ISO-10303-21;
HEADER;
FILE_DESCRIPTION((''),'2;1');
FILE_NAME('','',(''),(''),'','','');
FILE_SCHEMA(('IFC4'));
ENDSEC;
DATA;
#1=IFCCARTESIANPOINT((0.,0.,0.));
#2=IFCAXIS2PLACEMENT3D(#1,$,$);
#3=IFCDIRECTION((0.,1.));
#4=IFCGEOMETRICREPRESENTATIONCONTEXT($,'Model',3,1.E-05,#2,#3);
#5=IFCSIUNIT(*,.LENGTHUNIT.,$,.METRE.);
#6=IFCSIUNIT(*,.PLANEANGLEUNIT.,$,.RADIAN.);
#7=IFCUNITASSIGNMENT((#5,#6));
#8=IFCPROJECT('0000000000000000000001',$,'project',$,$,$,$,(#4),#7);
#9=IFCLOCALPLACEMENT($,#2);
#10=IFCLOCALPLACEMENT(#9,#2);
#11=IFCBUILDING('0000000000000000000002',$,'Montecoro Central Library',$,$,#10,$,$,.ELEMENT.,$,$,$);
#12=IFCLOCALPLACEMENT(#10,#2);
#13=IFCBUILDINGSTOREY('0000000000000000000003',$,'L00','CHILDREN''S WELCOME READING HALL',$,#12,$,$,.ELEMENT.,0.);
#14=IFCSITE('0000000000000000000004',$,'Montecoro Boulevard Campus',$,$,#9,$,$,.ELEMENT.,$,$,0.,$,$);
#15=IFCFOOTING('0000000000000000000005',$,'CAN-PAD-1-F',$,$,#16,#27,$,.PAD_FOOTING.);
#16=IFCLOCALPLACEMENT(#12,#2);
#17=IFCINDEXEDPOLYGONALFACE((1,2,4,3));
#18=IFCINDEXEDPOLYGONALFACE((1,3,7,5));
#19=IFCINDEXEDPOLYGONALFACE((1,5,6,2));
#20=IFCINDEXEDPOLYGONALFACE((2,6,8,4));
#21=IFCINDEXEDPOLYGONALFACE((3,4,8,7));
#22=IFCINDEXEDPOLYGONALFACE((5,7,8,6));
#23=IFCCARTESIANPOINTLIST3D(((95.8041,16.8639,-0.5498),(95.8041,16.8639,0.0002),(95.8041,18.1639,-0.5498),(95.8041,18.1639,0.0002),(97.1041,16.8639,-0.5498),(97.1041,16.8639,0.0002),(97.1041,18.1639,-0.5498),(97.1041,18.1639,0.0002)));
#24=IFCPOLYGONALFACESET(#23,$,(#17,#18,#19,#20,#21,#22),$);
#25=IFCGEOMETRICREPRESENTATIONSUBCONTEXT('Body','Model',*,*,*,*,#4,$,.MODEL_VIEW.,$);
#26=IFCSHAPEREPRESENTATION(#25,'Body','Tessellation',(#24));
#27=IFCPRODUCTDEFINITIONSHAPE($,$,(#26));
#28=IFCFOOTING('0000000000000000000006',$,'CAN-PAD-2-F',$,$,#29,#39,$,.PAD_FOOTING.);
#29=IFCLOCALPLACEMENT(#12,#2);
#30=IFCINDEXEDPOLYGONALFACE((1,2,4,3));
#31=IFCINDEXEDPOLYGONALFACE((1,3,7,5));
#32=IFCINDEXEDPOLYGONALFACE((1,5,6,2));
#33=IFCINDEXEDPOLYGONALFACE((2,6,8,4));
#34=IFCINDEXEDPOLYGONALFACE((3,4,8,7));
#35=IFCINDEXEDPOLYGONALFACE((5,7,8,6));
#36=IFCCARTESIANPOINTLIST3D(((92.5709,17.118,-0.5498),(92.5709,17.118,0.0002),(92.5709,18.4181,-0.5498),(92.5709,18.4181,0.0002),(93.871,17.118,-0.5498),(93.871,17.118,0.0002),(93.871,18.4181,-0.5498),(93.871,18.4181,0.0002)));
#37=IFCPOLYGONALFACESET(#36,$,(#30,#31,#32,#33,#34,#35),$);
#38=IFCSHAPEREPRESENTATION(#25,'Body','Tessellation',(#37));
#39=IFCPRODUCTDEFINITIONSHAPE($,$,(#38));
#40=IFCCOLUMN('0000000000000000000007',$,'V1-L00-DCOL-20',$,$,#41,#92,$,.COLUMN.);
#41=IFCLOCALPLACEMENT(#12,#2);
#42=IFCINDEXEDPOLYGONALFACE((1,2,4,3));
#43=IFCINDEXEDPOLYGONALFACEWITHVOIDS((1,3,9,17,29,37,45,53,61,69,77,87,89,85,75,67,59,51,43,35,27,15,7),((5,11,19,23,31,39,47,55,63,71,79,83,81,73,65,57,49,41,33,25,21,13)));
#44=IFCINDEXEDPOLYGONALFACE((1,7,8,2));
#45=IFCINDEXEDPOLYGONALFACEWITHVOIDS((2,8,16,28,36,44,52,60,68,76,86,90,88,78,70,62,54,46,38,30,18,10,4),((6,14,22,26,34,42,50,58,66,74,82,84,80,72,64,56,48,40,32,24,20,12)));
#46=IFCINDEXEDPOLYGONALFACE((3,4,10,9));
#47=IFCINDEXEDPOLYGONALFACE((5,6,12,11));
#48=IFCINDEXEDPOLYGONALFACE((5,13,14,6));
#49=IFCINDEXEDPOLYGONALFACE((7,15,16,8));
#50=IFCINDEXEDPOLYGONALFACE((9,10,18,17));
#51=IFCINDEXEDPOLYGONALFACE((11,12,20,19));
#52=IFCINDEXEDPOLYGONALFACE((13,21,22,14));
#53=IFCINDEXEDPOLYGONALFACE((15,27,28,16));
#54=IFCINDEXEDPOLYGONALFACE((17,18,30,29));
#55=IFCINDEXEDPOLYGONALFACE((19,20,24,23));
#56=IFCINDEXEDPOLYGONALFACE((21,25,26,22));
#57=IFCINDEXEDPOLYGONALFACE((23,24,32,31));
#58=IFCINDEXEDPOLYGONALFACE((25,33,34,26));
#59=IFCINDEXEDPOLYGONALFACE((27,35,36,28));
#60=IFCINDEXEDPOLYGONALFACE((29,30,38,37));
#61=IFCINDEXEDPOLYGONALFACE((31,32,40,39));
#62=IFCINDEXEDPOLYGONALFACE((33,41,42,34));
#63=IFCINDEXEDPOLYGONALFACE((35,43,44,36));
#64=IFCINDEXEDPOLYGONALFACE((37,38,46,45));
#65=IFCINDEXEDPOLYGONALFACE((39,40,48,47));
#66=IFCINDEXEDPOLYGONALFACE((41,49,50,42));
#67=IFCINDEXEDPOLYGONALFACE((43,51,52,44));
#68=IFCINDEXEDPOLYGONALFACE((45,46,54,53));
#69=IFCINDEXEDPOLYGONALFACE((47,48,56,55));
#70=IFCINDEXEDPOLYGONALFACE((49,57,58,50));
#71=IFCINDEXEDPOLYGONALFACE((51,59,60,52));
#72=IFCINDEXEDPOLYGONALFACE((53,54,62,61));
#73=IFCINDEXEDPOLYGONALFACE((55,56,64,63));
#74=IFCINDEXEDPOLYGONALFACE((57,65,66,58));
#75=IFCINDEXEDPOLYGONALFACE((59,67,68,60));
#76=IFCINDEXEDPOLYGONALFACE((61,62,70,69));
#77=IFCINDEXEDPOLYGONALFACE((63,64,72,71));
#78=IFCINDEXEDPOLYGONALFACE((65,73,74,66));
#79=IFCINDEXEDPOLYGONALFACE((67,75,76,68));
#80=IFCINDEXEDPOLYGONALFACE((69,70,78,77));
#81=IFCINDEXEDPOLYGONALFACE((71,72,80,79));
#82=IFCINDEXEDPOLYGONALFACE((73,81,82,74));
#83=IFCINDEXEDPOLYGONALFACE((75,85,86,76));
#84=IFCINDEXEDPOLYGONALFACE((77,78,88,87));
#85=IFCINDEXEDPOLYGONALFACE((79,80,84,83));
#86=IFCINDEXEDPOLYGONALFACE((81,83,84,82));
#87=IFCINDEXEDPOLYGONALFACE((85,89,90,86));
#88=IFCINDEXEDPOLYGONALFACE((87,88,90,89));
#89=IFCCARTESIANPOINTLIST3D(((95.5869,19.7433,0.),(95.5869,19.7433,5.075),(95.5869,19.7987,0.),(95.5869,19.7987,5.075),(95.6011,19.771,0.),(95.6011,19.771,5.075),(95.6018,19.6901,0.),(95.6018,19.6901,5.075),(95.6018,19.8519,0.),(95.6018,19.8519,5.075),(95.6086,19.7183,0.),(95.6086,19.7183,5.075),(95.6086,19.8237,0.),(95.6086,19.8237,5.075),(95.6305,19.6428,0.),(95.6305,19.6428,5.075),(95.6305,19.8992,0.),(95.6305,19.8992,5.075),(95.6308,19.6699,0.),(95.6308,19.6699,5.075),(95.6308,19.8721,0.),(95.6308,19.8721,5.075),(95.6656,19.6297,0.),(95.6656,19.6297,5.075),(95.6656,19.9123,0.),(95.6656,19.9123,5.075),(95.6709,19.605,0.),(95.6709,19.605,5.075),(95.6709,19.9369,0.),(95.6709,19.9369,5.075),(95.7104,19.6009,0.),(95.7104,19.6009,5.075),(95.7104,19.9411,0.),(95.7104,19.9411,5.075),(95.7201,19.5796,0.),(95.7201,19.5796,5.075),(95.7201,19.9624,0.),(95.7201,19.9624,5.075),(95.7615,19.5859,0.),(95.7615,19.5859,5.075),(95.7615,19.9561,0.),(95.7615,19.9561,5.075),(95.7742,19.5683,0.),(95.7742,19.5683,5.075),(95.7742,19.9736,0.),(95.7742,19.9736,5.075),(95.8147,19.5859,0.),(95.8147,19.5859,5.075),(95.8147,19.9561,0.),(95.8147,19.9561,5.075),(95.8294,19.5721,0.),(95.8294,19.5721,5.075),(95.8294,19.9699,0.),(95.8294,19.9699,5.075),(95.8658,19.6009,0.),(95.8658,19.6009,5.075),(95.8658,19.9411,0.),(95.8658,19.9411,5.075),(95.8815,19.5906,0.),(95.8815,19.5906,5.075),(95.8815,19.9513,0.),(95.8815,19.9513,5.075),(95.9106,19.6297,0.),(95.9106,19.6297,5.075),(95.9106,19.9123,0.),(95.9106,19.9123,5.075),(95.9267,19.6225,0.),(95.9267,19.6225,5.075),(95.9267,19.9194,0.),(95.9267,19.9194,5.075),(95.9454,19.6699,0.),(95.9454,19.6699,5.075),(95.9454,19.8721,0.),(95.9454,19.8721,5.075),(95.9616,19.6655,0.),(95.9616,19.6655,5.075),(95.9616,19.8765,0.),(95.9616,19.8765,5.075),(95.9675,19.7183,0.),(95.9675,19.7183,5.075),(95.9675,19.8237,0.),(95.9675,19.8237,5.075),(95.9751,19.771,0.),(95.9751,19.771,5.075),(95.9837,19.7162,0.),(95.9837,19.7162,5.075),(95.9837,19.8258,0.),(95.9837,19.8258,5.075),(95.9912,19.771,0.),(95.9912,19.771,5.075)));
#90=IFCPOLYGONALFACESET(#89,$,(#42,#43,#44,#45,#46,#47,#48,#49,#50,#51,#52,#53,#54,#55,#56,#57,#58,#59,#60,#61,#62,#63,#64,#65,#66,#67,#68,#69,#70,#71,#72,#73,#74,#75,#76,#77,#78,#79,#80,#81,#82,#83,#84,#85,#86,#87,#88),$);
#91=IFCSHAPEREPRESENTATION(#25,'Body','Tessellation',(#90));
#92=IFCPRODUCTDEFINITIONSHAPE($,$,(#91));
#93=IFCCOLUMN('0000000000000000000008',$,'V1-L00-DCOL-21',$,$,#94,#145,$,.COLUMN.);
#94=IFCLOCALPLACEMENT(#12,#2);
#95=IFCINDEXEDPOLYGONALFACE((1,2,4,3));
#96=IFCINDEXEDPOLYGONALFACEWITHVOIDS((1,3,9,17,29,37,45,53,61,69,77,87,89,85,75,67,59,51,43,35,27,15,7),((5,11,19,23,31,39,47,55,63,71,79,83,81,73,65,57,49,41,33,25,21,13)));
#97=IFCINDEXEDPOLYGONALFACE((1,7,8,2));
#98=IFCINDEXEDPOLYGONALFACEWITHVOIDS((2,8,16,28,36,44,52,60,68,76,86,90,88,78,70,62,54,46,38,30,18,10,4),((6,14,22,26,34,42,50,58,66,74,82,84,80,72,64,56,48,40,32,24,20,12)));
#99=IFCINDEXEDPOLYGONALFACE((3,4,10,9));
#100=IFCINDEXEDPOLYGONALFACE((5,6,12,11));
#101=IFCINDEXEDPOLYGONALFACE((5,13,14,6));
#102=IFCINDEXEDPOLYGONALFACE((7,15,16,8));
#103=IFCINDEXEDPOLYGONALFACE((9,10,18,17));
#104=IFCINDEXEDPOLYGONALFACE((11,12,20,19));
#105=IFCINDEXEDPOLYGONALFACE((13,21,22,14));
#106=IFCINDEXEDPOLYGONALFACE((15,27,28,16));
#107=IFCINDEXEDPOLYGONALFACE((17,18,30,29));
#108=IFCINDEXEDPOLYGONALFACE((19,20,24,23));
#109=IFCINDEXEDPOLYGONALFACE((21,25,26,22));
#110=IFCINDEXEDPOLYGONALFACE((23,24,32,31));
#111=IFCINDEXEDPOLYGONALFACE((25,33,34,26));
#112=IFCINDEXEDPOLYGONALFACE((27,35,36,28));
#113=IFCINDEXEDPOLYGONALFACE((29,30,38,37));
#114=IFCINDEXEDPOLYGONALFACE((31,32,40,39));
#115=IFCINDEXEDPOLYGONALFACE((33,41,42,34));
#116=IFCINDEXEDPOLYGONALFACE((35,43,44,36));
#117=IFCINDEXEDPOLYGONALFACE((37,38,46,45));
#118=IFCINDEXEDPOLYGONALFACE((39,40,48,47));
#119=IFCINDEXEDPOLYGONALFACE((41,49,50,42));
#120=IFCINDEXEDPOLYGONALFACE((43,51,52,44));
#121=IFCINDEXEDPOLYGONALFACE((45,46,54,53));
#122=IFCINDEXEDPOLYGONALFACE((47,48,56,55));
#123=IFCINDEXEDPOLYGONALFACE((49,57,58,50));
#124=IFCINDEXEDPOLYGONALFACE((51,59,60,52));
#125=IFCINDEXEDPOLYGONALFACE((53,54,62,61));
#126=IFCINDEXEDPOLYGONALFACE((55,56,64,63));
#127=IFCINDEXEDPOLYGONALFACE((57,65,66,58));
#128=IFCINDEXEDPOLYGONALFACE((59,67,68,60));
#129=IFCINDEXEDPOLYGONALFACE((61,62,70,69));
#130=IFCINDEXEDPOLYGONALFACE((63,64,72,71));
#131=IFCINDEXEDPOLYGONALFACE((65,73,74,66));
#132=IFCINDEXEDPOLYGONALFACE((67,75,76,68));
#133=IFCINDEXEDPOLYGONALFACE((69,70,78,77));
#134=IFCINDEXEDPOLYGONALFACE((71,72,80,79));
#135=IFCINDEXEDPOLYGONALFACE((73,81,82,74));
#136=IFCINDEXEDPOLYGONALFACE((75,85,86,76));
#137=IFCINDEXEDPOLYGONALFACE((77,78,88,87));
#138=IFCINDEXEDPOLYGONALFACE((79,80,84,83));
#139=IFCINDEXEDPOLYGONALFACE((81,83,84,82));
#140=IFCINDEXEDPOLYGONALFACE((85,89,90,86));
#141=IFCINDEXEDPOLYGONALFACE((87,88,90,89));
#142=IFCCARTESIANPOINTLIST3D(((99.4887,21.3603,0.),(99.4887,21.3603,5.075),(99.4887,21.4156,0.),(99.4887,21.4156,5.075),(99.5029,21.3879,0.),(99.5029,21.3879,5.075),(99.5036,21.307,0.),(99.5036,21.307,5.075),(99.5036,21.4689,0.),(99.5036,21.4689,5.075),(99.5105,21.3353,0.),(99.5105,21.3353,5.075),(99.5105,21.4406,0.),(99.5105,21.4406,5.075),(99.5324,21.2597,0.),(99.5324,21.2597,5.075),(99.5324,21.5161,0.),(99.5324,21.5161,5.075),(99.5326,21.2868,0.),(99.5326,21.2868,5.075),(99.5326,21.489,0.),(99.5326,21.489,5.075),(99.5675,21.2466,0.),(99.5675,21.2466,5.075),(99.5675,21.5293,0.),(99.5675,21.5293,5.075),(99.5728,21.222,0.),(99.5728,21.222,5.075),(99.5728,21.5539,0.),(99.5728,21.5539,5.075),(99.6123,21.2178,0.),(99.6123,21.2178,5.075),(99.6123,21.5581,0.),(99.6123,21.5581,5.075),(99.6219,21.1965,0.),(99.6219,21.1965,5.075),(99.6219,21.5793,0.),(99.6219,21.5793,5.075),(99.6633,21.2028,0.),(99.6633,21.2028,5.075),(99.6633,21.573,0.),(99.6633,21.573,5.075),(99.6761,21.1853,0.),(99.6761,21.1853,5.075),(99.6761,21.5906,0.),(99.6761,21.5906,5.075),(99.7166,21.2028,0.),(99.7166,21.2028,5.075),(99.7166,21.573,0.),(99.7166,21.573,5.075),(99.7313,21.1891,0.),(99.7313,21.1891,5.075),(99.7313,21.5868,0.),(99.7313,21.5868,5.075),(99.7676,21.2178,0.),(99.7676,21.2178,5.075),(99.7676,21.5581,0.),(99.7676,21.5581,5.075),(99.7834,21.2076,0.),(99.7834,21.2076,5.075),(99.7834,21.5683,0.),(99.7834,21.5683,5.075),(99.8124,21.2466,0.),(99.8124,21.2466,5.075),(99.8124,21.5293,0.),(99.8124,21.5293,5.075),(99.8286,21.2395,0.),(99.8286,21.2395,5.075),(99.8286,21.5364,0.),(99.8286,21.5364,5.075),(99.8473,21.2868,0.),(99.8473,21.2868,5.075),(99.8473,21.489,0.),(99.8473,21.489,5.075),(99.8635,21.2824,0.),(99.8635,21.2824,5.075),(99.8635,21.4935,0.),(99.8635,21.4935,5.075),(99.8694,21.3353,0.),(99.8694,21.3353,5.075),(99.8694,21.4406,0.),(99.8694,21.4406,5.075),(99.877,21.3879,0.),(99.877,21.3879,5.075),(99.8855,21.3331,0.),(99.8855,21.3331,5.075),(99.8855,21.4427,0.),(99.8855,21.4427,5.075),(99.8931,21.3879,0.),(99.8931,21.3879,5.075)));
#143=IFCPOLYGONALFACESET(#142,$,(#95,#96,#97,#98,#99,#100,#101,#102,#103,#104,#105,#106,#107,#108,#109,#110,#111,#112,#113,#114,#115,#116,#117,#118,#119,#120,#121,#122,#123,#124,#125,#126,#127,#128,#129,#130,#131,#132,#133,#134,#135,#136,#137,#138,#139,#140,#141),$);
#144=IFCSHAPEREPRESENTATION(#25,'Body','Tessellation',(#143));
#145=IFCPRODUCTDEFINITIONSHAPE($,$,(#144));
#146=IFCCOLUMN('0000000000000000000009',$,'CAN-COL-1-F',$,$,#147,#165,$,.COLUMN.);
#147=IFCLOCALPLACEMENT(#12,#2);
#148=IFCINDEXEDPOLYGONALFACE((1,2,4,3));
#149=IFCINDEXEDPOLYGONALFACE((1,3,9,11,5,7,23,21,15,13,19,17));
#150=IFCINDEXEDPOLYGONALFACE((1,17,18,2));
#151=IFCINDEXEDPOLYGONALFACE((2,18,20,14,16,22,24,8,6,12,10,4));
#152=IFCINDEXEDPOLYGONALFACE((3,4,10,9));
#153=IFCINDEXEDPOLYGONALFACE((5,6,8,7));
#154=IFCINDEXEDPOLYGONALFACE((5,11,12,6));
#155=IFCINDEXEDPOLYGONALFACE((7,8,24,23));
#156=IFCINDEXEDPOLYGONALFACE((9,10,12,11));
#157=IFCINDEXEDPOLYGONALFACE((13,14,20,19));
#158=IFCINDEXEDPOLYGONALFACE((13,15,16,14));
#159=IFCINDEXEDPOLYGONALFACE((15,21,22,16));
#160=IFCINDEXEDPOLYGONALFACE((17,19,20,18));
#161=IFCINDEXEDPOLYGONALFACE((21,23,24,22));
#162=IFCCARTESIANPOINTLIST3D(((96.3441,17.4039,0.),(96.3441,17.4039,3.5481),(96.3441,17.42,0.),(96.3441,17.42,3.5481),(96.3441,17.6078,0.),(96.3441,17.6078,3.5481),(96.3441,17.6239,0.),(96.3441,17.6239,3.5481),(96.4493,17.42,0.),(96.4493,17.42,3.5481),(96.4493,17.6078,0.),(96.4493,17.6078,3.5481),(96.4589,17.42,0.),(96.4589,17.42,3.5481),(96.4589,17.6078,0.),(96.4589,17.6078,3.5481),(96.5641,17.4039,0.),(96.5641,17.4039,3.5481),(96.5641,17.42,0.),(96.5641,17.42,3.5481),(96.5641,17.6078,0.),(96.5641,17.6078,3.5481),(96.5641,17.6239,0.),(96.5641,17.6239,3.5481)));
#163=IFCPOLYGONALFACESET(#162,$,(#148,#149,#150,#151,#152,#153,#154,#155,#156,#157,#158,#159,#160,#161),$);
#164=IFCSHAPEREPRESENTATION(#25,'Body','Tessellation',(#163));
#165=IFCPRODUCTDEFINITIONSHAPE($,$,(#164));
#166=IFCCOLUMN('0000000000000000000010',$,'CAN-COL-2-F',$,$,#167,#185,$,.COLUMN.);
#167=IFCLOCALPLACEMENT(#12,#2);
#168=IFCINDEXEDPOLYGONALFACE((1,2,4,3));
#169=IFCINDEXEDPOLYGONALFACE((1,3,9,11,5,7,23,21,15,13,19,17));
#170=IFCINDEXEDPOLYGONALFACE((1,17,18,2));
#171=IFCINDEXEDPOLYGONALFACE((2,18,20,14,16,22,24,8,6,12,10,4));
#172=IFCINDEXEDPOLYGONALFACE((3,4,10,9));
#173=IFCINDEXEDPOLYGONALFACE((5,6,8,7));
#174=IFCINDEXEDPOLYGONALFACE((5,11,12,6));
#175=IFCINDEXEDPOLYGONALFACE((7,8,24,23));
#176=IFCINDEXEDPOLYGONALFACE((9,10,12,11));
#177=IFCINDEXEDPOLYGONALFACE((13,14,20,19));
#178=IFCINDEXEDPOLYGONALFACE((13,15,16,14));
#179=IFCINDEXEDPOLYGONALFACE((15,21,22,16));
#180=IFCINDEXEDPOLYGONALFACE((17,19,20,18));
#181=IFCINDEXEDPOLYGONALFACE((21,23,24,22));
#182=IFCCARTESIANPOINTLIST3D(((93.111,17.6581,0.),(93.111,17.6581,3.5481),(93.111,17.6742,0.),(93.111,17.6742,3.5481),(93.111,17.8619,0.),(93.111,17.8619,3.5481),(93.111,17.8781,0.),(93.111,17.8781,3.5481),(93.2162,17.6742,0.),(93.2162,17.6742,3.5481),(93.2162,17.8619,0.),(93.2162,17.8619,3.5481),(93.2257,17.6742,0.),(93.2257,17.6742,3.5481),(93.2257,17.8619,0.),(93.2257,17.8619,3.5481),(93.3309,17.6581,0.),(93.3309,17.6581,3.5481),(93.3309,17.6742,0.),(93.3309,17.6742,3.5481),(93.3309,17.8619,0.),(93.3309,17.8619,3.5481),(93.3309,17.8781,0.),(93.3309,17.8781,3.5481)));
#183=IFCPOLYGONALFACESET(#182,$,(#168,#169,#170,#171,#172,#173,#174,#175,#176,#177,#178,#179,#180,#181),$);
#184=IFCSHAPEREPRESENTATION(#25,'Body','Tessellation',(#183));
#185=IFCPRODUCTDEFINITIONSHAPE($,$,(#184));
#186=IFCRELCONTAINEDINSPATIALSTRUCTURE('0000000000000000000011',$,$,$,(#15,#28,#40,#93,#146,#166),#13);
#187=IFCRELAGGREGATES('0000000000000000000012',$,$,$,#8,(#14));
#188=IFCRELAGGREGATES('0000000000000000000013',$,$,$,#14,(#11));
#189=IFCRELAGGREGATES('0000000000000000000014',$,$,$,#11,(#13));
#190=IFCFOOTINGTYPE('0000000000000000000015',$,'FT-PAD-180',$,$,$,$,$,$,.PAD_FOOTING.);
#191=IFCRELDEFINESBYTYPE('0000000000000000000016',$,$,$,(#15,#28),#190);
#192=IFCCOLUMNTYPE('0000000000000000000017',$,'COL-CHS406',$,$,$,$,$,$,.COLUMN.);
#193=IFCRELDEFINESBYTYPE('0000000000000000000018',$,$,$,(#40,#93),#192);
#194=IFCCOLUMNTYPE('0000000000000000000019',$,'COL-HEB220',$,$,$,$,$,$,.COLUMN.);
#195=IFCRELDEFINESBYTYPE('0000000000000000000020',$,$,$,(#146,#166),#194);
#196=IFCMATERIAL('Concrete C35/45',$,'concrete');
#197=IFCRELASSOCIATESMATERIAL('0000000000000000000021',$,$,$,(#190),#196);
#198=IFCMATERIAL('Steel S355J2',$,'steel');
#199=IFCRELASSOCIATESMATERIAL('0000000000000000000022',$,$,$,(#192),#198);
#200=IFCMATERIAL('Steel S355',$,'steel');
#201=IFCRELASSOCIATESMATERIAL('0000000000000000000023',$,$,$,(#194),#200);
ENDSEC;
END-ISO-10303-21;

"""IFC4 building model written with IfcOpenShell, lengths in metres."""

from ifc_helpers import new_model, si_unit, direction, frame, origin, origin_2d, place, context, subcontext, project, spatial, rectangle, hollow_circle, i_section, extrude, material, material_profile, profile_set, type_object, element, save


model = new_model("IFC4")

# Units and contexts
model_context = context("Model", 3, precision=1e-05, world=origin(), true_north=direction((0.0, 1.0)))
body_context = subcontext(model_context, "Body", "Model", "MODEL_VIEW")
ifc_project = project(units=[si_unit("LENGTHUNIT", "METRE"), si_unit("PLANEANGLEUNIT", "RADIAN")], contexts=[model_context])

# Site, building, storey
site_placement = place(None, origin())
site = spatial("IfcSite", under=ifc_project, at=site_placement, Name="Montecoro Boulevard Campus", CompositionType="ELEMENT", RefElevation=0.0)
building_placement = place(site_placement, origin())
building = spatial("IfcBuilding", under=site, at=building_placement, Name="Montecoro Central Library", CompositionType="ELEMENT")
storey_placement = place(building_placement, origin())
storey = spatial("IfcBuildingStorey", under=building, at=storey_placement, Name="L00", Description="CHILDREN'S WELCOME READING HALL", CompositionType="ELEMENT", Elevation=0.0)

# Footings
ifc_material_1 = material(Name="Concrete C35/45", Category="concrete")
footing_type = type_object("IfcFootingType", Name="FT-PAD-180", PredefinedType="PAD_FOOTING", material=ifc_material_1)
for number, where, z_axis, x_axis, name in (
    (1, (96.4541, 17.5139, -0.5498), (0.0, 0.0, 1.0), (1.0, 0.0, 0.0), "CAN-PAD-1-F"),
    (2, (93.2209, 17.7681, -0.5498), (0.0, 0.0, 1.0), (1.0, 0.0, 0.0), "CAN-PAD-2-F"),
):
    element("IfcFooting", number, at=place(storey_placement, frame(where, z_axis=z_axis, x_axis=x_axis)), inside=storey, type_object=footing_type, Name=name, PredefinedType="PAD_FOOTING", context=body_context, shape_type="SweptSolid", body=[
        extrude(rectangle(XDim=1.3, YDim=1.3, at=origin_2d()), origin(), (0.0, 0.0, 1.0), 0.55),
    ])

# Columns
ifc_material_2 = material(Name="Steel S355J2", Category="steel")
ifc_material_profile_1 = material_profile(ifc_material_2, hollow_circle(Radius=0.2031, WallThickness=0.0161, at=origin_2d()), Name="CHS 406.4x16.0")
ifc_profile_set_1 = profile_set([ifc_material_profile_1], Name="Steel S355J2")
column_type_1 = type_object("IfcColumnType", Name="COL-CHS406", PredefinedType="COLUMN", material=ifc_profile_set_1)
for number, where, z_axis, x_axis, name in (
    (3, (95.7881, 19.771, 0.0), (0.0, 0.0, 1.0), (1.0, 0.0, 0.0), "V1-L00-DCOL-20"),
    (4, (99.6899, 21.3879, 0.0), (0.0, 0.0, 1.0), (1.0, 0.0, 0.0), "V1-L00-DCOL-21"),
):
    element("IfcColumn", number, at=place(storey_placement, frame(where, z_axis=z_axis, x_axis=x_axis)), inside=storey, type_object=column_type_1, Name=name, PredefinedType="COLUMN", context=body_context, shape_type="SweptSolid", body=[
        extrude(hollow_circle(Radius=0.2031, WallThickness=0.0161, at=origin_2d()), origin(), (0.0, 0.0, 1.0), 5.075),
    ])
ifc_material_3 = material(Name="Steel S355", Category="steel")
ifc_material_profile_2 = material_profile(ifc_material_3, i_section(OverallWidth=0.22, OverallDepth=0.22, WebThickness=0.0095, FlangeThickness=0.0161, at=origin_2d()), Name="HEB 220")
ifc_profile_set_2 = profile_set([ifc_material_profile_2], Name="Steel S355")
column_type_2 = type_object("IfcColumnType", Name="COL-HEB220", PredefinedType="COLUMN", material=ifc_profile_set_2)
for number, where, z_axis, x_axis, name in (
    (5, (96.4541, 17.5139, 0.0), (0.0, 0.0, 1.0), (1.0, 0.0, 0.0), "CAN-COL-1-F"),
    (6, (93.2209, 17.7681, 0.0), (0.0, 0.0, 1.0), (1.0, 0.0, 0.0), "CAN-COL-2-F"),
):
    element("IfcColumn", number, at=place(storey_placement, frame(where, z_axis=z_axis, x_axis=x_axis)), inside=storey, type_object=column_type_2, Name=name, PredefinedType="COLUMN", context=body_context, shape_type="SweptSolid", body=[
        extrude(i_section(OverallWidth=0.22, OverallDepth=0.22, WebThickness=0.0095, FlangeThickness=0.0161, at=origin_2d()), origin(), (0.0, 0.0, 1.0), 3.5481),
    ])

save(model, "model.ifc")
